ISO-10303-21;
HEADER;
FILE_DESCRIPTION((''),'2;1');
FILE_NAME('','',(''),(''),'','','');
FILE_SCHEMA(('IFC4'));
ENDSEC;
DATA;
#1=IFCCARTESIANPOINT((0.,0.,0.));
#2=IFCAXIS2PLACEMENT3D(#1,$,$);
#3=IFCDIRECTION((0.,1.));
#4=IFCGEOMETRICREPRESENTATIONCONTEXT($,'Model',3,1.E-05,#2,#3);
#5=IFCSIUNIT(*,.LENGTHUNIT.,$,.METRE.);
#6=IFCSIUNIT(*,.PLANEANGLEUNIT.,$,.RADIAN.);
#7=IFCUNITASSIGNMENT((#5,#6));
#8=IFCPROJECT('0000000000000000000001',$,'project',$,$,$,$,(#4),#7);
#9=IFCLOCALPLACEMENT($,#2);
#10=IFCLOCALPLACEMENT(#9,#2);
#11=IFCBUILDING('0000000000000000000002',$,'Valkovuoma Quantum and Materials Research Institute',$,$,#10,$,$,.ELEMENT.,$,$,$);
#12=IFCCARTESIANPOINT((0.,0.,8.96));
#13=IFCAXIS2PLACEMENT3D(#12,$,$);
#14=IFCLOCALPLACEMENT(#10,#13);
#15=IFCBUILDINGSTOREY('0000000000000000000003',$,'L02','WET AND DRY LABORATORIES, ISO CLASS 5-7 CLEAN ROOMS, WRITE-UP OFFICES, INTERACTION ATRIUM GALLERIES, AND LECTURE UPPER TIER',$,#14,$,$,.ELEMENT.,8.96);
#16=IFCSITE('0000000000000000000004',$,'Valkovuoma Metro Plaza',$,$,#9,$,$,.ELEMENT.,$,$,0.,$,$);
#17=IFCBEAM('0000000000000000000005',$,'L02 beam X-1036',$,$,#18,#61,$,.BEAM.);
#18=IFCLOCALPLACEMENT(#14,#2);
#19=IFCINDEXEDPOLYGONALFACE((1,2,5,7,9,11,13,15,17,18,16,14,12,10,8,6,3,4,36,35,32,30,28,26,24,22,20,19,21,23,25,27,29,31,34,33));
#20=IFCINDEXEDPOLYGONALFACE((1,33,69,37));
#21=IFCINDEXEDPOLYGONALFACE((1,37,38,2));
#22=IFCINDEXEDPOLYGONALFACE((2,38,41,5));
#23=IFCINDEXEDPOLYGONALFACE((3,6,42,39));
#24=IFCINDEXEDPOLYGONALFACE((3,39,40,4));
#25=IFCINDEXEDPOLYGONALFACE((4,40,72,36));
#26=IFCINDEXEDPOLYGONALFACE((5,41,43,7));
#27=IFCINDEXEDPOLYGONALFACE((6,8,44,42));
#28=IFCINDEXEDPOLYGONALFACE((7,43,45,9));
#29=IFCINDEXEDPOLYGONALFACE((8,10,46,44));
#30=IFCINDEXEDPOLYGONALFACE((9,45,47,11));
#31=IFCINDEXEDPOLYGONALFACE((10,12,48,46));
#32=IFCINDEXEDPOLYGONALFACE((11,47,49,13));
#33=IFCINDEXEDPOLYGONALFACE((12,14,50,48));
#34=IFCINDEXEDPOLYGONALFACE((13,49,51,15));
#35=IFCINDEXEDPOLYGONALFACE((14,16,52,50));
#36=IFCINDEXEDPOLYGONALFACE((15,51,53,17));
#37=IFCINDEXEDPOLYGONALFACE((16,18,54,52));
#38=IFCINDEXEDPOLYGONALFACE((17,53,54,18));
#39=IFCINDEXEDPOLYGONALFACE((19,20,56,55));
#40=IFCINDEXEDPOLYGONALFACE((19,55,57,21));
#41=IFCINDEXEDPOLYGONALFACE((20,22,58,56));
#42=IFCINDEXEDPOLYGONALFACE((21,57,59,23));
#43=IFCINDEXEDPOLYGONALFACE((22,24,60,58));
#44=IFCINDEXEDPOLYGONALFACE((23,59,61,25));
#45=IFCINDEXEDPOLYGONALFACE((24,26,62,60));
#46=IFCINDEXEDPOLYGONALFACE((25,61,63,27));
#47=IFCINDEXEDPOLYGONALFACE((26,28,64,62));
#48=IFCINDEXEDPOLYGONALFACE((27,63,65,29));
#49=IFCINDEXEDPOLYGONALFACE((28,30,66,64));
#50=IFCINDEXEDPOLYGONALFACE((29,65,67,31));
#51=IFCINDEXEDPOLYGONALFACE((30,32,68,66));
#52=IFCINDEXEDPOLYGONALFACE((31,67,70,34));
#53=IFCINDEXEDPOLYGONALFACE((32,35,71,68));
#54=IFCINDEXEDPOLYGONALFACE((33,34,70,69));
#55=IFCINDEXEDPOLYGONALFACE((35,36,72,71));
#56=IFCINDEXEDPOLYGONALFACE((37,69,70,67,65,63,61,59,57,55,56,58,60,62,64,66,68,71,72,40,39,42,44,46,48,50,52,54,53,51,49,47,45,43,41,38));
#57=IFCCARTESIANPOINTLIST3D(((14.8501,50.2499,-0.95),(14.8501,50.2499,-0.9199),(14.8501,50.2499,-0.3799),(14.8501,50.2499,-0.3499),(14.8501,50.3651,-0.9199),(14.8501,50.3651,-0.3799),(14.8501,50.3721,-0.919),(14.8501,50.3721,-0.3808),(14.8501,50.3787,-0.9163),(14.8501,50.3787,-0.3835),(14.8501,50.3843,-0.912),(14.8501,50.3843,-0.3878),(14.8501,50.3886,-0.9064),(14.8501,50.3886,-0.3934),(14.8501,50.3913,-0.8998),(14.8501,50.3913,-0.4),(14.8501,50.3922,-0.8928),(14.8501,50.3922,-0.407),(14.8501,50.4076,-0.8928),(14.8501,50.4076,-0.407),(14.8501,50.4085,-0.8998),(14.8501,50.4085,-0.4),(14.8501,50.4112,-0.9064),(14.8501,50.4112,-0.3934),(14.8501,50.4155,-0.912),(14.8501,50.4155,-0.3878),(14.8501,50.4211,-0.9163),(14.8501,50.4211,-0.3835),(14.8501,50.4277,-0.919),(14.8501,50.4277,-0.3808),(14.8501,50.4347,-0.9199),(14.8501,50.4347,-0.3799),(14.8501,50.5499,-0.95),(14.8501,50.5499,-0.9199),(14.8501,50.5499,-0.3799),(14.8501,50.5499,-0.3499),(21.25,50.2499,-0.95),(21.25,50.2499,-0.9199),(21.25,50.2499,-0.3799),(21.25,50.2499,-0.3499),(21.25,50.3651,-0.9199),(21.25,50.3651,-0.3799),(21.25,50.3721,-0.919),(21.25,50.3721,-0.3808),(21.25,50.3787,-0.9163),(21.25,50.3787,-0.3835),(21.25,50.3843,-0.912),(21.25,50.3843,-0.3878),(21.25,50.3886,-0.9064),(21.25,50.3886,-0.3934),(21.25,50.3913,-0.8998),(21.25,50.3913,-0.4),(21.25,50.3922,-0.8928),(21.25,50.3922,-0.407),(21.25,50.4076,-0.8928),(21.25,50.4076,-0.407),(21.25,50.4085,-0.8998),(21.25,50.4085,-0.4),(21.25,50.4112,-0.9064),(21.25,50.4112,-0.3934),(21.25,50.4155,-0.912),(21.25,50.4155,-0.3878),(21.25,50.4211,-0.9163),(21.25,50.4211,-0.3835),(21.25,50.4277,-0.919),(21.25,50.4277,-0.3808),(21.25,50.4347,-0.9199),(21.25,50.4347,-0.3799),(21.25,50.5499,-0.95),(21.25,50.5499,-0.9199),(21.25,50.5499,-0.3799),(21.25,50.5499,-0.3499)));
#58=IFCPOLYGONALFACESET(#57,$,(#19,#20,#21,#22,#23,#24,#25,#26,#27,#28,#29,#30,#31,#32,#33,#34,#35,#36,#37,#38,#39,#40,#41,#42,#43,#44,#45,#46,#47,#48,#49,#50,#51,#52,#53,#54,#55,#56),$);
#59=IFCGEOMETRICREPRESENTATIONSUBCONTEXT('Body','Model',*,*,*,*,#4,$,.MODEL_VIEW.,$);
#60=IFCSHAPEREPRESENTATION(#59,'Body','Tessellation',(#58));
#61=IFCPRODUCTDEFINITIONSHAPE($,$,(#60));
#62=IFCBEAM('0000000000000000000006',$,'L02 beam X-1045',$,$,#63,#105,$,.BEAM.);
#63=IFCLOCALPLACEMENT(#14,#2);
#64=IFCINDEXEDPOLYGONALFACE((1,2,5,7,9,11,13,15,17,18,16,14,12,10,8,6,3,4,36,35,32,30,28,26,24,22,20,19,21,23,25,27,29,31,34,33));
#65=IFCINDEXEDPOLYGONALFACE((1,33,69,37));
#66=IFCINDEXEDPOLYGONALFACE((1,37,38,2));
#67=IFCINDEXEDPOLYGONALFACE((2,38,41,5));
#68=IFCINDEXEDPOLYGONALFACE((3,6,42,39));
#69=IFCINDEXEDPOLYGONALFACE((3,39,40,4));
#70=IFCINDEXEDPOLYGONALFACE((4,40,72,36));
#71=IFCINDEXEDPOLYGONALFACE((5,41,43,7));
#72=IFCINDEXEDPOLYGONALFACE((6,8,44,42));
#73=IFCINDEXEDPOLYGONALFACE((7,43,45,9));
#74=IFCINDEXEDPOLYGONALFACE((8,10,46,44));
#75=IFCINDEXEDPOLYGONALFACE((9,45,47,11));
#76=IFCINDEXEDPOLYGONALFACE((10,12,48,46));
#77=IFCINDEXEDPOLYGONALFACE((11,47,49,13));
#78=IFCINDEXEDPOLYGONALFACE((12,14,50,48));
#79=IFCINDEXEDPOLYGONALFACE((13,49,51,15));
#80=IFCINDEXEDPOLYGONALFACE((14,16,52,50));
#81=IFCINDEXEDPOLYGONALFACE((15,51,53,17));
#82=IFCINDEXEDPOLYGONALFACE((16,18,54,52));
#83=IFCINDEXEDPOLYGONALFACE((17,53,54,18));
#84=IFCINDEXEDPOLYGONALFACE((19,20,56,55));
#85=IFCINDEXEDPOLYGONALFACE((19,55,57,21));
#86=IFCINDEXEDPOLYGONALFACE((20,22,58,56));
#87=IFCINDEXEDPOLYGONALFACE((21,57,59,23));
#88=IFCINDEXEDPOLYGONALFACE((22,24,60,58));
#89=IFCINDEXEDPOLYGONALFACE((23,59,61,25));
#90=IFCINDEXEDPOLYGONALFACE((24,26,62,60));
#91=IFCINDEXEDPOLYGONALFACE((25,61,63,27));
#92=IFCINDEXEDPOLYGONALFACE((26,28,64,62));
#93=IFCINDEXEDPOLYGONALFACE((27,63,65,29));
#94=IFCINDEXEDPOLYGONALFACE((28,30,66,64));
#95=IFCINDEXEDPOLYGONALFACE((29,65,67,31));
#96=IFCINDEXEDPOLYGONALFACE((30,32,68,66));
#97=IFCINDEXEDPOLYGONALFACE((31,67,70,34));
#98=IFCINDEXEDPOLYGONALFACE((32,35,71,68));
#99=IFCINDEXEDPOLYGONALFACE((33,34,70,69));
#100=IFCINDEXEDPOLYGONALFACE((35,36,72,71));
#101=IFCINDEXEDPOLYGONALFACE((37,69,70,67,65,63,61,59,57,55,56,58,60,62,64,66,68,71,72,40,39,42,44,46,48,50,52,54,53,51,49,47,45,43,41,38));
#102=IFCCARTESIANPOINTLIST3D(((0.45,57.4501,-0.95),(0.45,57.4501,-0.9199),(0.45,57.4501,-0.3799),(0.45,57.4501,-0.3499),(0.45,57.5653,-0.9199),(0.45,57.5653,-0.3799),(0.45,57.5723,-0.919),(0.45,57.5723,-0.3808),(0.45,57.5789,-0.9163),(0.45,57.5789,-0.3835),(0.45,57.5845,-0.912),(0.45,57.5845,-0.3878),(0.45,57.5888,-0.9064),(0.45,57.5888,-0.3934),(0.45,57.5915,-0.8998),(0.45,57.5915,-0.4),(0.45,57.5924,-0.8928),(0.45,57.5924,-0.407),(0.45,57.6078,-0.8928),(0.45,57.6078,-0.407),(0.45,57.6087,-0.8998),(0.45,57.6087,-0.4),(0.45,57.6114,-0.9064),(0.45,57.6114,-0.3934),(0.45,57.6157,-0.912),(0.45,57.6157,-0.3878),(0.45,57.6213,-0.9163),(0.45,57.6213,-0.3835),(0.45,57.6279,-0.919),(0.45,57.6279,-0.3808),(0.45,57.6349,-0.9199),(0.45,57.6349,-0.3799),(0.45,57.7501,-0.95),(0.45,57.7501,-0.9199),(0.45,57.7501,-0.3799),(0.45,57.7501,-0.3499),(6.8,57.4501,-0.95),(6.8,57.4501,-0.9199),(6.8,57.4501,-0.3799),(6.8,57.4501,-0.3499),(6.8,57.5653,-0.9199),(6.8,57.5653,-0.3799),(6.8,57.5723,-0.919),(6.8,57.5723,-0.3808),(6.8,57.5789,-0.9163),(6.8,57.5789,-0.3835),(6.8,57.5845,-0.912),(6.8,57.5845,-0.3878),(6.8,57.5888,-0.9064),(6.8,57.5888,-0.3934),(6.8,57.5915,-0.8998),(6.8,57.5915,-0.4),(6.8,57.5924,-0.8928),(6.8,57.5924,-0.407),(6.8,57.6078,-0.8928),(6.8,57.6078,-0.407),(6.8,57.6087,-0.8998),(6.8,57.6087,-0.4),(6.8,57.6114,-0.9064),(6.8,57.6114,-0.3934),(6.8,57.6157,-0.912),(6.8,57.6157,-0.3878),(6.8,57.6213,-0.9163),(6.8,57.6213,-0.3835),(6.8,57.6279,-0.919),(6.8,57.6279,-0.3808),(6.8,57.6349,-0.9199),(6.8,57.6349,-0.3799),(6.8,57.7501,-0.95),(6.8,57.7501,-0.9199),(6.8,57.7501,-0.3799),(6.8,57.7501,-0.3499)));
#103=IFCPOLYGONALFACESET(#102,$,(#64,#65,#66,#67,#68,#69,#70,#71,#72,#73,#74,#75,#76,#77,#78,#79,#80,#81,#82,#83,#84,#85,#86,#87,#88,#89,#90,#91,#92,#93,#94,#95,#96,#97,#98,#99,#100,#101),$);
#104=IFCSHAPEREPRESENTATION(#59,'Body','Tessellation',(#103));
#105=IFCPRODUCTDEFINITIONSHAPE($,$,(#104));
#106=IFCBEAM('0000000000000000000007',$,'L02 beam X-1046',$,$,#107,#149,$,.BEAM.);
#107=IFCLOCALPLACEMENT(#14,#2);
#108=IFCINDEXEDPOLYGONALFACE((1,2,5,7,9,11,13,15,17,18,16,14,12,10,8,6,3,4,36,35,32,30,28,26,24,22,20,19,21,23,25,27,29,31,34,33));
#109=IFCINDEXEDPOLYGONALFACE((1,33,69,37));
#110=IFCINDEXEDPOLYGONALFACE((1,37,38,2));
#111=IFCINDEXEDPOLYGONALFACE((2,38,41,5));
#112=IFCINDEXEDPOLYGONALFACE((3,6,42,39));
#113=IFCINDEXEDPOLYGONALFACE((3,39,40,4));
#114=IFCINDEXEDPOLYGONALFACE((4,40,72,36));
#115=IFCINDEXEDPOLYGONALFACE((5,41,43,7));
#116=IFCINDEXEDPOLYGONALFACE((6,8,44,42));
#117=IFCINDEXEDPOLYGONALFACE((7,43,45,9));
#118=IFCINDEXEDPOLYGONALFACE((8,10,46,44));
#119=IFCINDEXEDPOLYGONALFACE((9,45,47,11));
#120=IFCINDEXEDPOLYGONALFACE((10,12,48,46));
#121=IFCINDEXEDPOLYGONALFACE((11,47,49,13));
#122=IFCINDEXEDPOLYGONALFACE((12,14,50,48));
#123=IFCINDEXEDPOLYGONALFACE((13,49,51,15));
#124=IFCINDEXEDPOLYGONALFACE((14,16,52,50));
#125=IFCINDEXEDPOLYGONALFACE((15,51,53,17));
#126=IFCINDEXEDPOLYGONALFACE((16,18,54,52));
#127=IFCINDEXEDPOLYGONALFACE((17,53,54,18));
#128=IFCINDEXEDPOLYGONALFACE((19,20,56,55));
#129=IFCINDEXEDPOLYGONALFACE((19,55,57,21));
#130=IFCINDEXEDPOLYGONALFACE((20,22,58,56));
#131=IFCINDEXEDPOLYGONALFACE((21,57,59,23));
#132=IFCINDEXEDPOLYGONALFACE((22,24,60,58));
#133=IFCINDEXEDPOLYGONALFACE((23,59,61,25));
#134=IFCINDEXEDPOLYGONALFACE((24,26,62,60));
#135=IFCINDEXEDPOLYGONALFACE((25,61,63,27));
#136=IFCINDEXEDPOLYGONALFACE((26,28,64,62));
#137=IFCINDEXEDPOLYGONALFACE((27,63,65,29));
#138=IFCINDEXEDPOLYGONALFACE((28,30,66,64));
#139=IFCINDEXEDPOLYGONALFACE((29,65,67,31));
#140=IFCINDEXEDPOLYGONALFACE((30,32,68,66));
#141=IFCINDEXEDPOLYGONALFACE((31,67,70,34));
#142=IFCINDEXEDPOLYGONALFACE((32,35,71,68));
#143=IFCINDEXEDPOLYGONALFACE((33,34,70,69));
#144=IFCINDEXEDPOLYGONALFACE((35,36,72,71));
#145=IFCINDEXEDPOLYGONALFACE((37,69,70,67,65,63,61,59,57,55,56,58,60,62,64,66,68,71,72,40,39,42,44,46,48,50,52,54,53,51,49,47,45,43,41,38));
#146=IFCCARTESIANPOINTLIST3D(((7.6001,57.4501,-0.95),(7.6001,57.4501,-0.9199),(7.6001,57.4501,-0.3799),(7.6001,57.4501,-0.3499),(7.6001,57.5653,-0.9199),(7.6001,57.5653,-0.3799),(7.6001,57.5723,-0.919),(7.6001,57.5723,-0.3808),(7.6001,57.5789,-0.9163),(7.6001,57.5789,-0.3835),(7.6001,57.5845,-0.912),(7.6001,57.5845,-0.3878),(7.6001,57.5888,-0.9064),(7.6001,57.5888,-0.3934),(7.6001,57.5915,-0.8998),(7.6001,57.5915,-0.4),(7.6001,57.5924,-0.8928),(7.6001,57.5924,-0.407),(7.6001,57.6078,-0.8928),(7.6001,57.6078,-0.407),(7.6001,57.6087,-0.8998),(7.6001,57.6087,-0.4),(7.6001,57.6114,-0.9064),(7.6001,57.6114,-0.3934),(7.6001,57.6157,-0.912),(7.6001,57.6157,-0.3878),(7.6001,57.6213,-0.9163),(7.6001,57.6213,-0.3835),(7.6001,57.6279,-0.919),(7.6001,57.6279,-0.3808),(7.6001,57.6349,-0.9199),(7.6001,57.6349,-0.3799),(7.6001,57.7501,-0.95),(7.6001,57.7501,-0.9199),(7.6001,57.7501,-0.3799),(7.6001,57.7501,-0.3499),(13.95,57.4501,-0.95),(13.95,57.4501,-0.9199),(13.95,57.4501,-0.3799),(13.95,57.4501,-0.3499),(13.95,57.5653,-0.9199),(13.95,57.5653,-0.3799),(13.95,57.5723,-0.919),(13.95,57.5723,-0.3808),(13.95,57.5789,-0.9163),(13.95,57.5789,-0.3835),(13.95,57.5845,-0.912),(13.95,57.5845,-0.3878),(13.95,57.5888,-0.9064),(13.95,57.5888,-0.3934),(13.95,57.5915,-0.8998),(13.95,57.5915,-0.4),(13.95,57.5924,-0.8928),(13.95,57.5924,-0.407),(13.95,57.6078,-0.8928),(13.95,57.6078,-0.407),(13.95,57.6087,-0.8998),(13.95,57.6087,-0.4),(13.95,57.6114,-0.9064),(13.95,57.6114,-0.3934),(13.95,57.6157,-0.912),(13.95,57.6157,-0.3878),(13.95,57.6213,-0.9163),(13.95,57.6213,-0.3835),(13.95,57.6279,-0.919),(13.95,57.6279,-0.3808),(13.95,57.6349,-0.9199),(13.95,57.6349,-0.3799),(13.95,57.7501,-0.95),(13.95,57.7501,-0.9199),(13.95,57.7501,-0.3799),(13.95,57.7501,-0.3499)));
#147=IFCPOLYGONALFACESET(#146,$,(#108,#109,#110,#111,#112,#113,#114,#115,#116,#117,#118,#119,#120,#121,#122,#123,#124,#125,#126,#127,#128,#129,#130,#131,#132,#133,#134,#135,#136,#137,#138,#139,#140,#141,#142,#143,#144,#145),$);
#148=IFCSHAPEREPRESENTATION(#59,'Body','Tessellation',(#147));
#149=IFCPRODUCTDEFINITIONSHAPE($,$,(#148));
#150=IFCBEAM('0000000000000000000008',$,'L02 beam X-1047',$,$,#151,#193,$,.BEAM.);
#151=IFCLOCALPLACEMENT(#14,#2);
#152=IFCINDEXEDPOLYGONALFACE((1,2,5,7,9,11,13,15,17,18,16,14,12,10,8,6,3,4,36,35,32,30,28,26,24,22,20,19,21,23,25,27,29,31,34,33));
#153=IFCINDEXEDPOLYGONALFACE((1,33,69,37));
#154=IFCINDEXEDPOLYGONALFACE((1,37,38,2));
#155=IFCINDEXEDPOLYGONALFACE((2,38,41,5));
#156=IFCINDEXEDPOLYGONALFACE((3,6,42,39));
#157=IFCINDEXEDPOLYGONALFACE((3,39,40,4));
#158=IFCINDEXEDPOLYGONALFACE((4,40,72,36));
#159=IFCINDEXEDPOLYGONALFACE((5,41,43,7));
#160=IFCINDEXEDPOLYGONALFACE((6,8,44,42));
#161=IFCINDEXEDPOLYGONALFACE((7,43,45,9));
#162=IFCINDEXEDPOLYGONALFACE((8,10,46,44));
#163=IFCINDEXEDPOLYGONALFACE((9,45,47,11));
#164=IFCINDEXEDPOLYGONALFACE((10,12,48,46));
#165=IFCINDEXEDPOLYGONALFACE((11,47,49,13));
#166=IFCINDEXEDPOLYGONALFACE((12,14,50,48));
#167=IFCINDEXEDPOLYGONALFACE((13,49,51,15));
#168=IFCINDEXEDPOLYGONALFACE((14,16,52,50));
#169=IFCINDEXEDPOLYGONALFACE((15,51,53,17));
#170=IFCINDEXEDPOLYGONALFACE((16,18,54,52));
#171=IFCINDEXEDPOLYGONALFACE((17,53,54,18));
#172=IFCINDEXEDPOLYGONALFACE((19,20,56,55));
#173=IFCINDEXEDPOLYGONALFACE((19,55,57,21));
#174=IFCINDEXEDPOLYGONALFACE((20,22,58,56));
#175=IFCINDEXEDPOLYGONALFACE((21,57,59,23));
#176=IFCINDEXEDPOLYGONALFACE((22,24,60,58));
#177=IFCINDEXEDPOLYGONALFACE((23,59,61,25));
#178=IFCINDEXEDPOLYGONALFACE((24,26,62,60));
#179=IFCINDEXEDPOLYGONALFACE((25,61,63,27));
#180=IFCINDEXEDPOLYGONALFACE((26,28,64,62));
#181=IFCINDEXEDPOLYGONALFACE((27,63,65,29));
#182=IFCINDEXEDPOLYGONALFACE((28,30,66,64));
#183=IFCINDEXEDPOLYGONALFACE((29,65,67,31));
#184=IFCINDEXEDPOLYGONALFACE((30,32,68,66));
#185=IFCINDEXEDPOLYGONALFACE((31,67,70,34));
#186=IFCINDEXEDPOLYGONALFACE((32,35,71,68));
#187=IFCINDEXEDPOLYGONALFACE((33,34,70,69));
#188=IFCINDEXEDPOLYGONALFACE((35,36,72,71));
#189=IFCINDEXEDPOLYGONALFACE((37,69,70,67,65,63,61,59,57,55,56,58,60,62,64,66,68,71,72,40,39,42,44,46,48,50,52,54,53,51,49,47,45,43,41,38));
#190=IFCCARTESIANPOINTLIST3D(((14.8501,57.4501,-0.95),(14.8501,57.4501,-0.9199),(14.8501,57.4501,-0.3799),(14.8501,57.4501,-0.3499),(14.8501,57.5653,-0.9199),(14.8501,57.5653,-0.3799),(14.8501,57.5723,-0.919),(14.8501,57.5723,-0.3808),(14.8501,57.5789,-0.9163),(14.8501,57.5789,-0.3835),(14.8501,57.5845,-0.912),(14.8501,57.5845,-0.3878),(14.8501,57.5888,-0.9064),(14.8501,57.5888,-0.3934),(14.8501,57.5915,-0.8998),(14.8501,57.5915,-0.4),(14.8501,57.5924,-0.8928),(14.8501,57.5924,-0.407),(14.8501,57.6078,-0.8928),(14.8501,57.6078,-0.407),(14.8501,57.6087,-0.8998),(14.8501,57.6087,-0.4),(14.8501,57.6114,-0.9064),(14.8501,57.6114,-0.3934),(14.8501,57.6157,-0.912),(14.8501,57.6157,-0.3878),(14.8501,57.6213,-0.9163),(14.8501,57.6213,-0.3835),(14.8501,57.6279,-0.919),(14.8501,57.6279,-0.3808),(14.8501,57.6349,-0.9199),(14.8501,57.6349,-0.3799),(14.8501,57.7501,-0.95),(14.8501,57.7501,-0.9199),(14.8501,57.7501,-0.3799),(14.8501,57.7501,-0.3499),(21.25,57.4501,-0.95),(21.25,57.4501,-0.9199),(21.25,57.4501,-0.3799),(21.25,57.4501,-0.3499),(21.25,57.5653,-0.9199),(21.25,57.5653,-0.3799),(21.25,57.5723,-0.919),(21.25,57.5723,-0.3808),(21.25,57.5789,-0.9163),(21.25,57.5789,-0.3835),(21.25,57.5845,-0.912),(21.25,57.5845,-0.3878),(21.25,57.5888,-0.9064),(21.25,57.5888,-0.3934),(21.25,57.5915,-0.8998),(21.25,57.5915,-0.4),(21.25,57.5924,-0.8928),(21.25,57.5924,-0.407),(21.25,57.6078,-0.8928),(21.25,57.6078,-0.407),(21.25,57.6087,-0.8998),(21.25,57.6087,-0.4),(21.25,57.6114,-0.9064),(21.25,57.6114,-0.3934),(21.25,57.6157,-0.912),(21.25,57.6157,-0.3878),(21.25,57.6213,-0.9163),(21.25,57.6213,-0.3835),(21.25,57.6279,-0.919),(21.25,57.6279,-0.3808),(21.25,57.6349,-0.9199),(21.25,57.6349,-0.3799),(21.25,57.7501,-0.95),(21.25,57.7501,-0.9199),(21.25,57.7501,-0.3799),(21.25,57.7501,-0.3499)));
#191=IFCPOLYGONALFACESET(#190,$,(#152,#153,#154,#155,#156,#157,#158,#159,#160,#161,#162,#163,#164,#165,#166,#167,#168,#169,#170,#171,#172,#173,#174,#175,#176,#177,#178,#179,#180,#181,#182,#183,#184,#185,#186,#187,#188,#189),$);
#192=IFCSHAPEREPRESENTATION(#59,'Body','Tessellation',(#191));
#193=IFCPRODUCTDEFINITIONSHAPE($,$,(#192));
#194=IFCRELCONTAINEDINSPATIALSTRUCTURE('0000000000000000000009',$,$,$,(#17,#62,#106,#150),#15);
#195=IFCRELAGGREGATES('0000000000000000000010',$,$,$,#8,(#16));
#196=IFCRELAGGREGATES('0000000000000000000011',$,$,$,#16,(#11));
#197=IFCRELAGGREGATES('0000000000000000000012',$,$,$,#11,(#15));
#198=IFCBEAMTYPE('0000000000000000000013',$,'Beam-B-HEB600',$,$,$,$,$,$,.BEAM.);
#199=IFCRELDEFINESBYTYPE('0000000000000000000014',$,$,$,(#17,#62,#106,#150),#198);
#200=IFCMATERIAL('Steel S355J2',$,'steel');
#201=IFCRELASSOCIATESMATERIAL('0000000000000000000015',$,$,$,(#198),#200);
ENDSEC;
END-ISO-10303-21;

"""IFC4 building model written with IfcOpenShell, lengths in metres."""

from ifc_helpers import new_model, si_unit, direction, frame, origin, origin_2d, place, context, subcontext, project, spatial, i_section, extrude, material, material_profile, profile_set, type_object, element, save


model = new_model("IFC4")

# Units and contexts
model_context = context("Model", 3, precision=1e-05, world=origin(), true_north=direction((0.0, 1.0)))
body_context = subcontext(model_context, "Body", "Model", "MODEL_VIEW")
ifc_project = project(units=[si_unit("LENGTHUNIT", "METRE"), si_unit("PLANEANGLEUNIT", "RADIAN")], contexts=[model_context])

# Site, building, storey
site_placement = place(None, origin())
site = spatial("IfcSite", under=ifc_project, at=site_placement, Name="Valkovuoma Metro Plaza", CompositionType="ELEMENT", RefElevation=0.0)
building_placement = place(site_placement, origin())
building = spatial("IfcBuilding", under=site, at=building_placement, Name="Valkovuoma Quantum and Materials Research Institute", CompositionType="ELEMENT")
storey_placement = place(building_placement, frame((0.0, 0.0, 8.96)))
storey = spatial("IfcBuildingStorey", under=building, at=storey_placement, Name="L02", Description="WET AND DRY LABORATORIES, ISO CLASS 5-7 CLEAN ROOMS, WRITE-UP OFFICES, INTERACTION ATRIUM GALLERIES, AND LECTURE UPPER TIER", CompositionType="ELEMENT", Elevation=8.96)

# Beams
ifc_material_1 = material(Name="Steel S355J2", Category="steel")
ifc_material_profile_1 = material_profile(ifc_material_1, i_section(OverallWidth=0.3, OverallDepth=0.6001, WebThickness=0.0154, FlangeThickness=0.03, FilletRadius=0.0271, at=origin_2d()), Name="Steel S355J2")
ifc_profile_set_1 = profile_set([ifc_material_profile_1], Name="Steel S355J2")
beam_type_1 = type_object("IfcBeamType", Name="Beam-B-HEB600", PredefinedType="BEAM", material=ifc_profile_set_1)
beam_1_placement = place(storey_placement, frame((14.8501, 50.3999, -0.6499), z_axis=(1.0, 0.0, 0.0), x_axis=(0.0, 1.0, 0.0)))
element("IfcBeam", 1, at=beam_1_placement, inside=storey, type_object=beam_type_1, Name="L02 beam X-1036", PredefinedType="BEAM", context=body_context, shape_type="SweptSolid", body=[
    extrude(i_section(OverallWidth=0.3, OverallDepth=0.6001, WebThickness=0.0154, FlangeThickness=0.03, FilletRadius=0.0271, at=origin_2d()), origin(), (0.0, 0.0, 1.0), 6.3999),
])
beam_2_placement = place(storey_placement, frame((0.45, 57.6001, -0.6499), z_axis=(1.0, 0.0, 0.0), x_axis=(0.0, 1.0, 0.0)))
element("IfcBeam", 2, at=beam_2_placement, inside=storey, type_object=beam_type_1, Name="L02 beam X-1045", PredefinedType="BEAM", context=body_context, shape_type="SweptSolid", body=[
    extrude(i_section(OverallWidth=0.3, OverallDepth=0.6001, WebThickness=0.0154, FlangeThickness=0.03, FilletRadius=0.0271, at=origin_2d()), origin(), (0.0, 0.0, 1.0), 6.3501),
])
beam_3_placement = place(storey_placement, frame((7.6001, 57.6001, -0.6499), z_axis=(1.0, 0.0, 0.0), x_axis=(0.0, 1.0, 0.0)))
element("IfcBeam", 3, at=beam_3_placement, inside=storey, type_object=beam_type_1, Name="L02 beam X-1046", PredefinedType="BEAM", context=body_context, shape_type="SweptSolid", body=[
    extrude(i_section(OverallWidth=0.3, OverallDepth=0.6001, WebThickness=0.0154, FlangeThickness=0.03, FilletRadius=0.0271, at=origin_2d()), origin(), (0.0, 0.0, 1.0), 6.3499),
])
beam_4_placement = place(storey_placement, frame((14.8501, 57.6001, -0.6499), z_axis=(1.0, 0.0, 0.0), x_axis=(0.0, 1.0, 0.0)))
element("IfcBeam", 4, at=beam_4_placement, inside=storey, type_object=beam_type_1, Name="L02 beam X-1047", PredefinedType="BEAM", context=body_context, shape_type="SweptSolid", body=[
    extrude(i_section(OverallWidth=0.3, OverallDepth=0.6001, WebThickness=0.0154, FlangeThickness=0.03, FilletRadius=0.0271, at=origin_2d()), origin(), (0.0, 0.0, 1.0), 6.3999),
])

save(model, "model.ifc")
